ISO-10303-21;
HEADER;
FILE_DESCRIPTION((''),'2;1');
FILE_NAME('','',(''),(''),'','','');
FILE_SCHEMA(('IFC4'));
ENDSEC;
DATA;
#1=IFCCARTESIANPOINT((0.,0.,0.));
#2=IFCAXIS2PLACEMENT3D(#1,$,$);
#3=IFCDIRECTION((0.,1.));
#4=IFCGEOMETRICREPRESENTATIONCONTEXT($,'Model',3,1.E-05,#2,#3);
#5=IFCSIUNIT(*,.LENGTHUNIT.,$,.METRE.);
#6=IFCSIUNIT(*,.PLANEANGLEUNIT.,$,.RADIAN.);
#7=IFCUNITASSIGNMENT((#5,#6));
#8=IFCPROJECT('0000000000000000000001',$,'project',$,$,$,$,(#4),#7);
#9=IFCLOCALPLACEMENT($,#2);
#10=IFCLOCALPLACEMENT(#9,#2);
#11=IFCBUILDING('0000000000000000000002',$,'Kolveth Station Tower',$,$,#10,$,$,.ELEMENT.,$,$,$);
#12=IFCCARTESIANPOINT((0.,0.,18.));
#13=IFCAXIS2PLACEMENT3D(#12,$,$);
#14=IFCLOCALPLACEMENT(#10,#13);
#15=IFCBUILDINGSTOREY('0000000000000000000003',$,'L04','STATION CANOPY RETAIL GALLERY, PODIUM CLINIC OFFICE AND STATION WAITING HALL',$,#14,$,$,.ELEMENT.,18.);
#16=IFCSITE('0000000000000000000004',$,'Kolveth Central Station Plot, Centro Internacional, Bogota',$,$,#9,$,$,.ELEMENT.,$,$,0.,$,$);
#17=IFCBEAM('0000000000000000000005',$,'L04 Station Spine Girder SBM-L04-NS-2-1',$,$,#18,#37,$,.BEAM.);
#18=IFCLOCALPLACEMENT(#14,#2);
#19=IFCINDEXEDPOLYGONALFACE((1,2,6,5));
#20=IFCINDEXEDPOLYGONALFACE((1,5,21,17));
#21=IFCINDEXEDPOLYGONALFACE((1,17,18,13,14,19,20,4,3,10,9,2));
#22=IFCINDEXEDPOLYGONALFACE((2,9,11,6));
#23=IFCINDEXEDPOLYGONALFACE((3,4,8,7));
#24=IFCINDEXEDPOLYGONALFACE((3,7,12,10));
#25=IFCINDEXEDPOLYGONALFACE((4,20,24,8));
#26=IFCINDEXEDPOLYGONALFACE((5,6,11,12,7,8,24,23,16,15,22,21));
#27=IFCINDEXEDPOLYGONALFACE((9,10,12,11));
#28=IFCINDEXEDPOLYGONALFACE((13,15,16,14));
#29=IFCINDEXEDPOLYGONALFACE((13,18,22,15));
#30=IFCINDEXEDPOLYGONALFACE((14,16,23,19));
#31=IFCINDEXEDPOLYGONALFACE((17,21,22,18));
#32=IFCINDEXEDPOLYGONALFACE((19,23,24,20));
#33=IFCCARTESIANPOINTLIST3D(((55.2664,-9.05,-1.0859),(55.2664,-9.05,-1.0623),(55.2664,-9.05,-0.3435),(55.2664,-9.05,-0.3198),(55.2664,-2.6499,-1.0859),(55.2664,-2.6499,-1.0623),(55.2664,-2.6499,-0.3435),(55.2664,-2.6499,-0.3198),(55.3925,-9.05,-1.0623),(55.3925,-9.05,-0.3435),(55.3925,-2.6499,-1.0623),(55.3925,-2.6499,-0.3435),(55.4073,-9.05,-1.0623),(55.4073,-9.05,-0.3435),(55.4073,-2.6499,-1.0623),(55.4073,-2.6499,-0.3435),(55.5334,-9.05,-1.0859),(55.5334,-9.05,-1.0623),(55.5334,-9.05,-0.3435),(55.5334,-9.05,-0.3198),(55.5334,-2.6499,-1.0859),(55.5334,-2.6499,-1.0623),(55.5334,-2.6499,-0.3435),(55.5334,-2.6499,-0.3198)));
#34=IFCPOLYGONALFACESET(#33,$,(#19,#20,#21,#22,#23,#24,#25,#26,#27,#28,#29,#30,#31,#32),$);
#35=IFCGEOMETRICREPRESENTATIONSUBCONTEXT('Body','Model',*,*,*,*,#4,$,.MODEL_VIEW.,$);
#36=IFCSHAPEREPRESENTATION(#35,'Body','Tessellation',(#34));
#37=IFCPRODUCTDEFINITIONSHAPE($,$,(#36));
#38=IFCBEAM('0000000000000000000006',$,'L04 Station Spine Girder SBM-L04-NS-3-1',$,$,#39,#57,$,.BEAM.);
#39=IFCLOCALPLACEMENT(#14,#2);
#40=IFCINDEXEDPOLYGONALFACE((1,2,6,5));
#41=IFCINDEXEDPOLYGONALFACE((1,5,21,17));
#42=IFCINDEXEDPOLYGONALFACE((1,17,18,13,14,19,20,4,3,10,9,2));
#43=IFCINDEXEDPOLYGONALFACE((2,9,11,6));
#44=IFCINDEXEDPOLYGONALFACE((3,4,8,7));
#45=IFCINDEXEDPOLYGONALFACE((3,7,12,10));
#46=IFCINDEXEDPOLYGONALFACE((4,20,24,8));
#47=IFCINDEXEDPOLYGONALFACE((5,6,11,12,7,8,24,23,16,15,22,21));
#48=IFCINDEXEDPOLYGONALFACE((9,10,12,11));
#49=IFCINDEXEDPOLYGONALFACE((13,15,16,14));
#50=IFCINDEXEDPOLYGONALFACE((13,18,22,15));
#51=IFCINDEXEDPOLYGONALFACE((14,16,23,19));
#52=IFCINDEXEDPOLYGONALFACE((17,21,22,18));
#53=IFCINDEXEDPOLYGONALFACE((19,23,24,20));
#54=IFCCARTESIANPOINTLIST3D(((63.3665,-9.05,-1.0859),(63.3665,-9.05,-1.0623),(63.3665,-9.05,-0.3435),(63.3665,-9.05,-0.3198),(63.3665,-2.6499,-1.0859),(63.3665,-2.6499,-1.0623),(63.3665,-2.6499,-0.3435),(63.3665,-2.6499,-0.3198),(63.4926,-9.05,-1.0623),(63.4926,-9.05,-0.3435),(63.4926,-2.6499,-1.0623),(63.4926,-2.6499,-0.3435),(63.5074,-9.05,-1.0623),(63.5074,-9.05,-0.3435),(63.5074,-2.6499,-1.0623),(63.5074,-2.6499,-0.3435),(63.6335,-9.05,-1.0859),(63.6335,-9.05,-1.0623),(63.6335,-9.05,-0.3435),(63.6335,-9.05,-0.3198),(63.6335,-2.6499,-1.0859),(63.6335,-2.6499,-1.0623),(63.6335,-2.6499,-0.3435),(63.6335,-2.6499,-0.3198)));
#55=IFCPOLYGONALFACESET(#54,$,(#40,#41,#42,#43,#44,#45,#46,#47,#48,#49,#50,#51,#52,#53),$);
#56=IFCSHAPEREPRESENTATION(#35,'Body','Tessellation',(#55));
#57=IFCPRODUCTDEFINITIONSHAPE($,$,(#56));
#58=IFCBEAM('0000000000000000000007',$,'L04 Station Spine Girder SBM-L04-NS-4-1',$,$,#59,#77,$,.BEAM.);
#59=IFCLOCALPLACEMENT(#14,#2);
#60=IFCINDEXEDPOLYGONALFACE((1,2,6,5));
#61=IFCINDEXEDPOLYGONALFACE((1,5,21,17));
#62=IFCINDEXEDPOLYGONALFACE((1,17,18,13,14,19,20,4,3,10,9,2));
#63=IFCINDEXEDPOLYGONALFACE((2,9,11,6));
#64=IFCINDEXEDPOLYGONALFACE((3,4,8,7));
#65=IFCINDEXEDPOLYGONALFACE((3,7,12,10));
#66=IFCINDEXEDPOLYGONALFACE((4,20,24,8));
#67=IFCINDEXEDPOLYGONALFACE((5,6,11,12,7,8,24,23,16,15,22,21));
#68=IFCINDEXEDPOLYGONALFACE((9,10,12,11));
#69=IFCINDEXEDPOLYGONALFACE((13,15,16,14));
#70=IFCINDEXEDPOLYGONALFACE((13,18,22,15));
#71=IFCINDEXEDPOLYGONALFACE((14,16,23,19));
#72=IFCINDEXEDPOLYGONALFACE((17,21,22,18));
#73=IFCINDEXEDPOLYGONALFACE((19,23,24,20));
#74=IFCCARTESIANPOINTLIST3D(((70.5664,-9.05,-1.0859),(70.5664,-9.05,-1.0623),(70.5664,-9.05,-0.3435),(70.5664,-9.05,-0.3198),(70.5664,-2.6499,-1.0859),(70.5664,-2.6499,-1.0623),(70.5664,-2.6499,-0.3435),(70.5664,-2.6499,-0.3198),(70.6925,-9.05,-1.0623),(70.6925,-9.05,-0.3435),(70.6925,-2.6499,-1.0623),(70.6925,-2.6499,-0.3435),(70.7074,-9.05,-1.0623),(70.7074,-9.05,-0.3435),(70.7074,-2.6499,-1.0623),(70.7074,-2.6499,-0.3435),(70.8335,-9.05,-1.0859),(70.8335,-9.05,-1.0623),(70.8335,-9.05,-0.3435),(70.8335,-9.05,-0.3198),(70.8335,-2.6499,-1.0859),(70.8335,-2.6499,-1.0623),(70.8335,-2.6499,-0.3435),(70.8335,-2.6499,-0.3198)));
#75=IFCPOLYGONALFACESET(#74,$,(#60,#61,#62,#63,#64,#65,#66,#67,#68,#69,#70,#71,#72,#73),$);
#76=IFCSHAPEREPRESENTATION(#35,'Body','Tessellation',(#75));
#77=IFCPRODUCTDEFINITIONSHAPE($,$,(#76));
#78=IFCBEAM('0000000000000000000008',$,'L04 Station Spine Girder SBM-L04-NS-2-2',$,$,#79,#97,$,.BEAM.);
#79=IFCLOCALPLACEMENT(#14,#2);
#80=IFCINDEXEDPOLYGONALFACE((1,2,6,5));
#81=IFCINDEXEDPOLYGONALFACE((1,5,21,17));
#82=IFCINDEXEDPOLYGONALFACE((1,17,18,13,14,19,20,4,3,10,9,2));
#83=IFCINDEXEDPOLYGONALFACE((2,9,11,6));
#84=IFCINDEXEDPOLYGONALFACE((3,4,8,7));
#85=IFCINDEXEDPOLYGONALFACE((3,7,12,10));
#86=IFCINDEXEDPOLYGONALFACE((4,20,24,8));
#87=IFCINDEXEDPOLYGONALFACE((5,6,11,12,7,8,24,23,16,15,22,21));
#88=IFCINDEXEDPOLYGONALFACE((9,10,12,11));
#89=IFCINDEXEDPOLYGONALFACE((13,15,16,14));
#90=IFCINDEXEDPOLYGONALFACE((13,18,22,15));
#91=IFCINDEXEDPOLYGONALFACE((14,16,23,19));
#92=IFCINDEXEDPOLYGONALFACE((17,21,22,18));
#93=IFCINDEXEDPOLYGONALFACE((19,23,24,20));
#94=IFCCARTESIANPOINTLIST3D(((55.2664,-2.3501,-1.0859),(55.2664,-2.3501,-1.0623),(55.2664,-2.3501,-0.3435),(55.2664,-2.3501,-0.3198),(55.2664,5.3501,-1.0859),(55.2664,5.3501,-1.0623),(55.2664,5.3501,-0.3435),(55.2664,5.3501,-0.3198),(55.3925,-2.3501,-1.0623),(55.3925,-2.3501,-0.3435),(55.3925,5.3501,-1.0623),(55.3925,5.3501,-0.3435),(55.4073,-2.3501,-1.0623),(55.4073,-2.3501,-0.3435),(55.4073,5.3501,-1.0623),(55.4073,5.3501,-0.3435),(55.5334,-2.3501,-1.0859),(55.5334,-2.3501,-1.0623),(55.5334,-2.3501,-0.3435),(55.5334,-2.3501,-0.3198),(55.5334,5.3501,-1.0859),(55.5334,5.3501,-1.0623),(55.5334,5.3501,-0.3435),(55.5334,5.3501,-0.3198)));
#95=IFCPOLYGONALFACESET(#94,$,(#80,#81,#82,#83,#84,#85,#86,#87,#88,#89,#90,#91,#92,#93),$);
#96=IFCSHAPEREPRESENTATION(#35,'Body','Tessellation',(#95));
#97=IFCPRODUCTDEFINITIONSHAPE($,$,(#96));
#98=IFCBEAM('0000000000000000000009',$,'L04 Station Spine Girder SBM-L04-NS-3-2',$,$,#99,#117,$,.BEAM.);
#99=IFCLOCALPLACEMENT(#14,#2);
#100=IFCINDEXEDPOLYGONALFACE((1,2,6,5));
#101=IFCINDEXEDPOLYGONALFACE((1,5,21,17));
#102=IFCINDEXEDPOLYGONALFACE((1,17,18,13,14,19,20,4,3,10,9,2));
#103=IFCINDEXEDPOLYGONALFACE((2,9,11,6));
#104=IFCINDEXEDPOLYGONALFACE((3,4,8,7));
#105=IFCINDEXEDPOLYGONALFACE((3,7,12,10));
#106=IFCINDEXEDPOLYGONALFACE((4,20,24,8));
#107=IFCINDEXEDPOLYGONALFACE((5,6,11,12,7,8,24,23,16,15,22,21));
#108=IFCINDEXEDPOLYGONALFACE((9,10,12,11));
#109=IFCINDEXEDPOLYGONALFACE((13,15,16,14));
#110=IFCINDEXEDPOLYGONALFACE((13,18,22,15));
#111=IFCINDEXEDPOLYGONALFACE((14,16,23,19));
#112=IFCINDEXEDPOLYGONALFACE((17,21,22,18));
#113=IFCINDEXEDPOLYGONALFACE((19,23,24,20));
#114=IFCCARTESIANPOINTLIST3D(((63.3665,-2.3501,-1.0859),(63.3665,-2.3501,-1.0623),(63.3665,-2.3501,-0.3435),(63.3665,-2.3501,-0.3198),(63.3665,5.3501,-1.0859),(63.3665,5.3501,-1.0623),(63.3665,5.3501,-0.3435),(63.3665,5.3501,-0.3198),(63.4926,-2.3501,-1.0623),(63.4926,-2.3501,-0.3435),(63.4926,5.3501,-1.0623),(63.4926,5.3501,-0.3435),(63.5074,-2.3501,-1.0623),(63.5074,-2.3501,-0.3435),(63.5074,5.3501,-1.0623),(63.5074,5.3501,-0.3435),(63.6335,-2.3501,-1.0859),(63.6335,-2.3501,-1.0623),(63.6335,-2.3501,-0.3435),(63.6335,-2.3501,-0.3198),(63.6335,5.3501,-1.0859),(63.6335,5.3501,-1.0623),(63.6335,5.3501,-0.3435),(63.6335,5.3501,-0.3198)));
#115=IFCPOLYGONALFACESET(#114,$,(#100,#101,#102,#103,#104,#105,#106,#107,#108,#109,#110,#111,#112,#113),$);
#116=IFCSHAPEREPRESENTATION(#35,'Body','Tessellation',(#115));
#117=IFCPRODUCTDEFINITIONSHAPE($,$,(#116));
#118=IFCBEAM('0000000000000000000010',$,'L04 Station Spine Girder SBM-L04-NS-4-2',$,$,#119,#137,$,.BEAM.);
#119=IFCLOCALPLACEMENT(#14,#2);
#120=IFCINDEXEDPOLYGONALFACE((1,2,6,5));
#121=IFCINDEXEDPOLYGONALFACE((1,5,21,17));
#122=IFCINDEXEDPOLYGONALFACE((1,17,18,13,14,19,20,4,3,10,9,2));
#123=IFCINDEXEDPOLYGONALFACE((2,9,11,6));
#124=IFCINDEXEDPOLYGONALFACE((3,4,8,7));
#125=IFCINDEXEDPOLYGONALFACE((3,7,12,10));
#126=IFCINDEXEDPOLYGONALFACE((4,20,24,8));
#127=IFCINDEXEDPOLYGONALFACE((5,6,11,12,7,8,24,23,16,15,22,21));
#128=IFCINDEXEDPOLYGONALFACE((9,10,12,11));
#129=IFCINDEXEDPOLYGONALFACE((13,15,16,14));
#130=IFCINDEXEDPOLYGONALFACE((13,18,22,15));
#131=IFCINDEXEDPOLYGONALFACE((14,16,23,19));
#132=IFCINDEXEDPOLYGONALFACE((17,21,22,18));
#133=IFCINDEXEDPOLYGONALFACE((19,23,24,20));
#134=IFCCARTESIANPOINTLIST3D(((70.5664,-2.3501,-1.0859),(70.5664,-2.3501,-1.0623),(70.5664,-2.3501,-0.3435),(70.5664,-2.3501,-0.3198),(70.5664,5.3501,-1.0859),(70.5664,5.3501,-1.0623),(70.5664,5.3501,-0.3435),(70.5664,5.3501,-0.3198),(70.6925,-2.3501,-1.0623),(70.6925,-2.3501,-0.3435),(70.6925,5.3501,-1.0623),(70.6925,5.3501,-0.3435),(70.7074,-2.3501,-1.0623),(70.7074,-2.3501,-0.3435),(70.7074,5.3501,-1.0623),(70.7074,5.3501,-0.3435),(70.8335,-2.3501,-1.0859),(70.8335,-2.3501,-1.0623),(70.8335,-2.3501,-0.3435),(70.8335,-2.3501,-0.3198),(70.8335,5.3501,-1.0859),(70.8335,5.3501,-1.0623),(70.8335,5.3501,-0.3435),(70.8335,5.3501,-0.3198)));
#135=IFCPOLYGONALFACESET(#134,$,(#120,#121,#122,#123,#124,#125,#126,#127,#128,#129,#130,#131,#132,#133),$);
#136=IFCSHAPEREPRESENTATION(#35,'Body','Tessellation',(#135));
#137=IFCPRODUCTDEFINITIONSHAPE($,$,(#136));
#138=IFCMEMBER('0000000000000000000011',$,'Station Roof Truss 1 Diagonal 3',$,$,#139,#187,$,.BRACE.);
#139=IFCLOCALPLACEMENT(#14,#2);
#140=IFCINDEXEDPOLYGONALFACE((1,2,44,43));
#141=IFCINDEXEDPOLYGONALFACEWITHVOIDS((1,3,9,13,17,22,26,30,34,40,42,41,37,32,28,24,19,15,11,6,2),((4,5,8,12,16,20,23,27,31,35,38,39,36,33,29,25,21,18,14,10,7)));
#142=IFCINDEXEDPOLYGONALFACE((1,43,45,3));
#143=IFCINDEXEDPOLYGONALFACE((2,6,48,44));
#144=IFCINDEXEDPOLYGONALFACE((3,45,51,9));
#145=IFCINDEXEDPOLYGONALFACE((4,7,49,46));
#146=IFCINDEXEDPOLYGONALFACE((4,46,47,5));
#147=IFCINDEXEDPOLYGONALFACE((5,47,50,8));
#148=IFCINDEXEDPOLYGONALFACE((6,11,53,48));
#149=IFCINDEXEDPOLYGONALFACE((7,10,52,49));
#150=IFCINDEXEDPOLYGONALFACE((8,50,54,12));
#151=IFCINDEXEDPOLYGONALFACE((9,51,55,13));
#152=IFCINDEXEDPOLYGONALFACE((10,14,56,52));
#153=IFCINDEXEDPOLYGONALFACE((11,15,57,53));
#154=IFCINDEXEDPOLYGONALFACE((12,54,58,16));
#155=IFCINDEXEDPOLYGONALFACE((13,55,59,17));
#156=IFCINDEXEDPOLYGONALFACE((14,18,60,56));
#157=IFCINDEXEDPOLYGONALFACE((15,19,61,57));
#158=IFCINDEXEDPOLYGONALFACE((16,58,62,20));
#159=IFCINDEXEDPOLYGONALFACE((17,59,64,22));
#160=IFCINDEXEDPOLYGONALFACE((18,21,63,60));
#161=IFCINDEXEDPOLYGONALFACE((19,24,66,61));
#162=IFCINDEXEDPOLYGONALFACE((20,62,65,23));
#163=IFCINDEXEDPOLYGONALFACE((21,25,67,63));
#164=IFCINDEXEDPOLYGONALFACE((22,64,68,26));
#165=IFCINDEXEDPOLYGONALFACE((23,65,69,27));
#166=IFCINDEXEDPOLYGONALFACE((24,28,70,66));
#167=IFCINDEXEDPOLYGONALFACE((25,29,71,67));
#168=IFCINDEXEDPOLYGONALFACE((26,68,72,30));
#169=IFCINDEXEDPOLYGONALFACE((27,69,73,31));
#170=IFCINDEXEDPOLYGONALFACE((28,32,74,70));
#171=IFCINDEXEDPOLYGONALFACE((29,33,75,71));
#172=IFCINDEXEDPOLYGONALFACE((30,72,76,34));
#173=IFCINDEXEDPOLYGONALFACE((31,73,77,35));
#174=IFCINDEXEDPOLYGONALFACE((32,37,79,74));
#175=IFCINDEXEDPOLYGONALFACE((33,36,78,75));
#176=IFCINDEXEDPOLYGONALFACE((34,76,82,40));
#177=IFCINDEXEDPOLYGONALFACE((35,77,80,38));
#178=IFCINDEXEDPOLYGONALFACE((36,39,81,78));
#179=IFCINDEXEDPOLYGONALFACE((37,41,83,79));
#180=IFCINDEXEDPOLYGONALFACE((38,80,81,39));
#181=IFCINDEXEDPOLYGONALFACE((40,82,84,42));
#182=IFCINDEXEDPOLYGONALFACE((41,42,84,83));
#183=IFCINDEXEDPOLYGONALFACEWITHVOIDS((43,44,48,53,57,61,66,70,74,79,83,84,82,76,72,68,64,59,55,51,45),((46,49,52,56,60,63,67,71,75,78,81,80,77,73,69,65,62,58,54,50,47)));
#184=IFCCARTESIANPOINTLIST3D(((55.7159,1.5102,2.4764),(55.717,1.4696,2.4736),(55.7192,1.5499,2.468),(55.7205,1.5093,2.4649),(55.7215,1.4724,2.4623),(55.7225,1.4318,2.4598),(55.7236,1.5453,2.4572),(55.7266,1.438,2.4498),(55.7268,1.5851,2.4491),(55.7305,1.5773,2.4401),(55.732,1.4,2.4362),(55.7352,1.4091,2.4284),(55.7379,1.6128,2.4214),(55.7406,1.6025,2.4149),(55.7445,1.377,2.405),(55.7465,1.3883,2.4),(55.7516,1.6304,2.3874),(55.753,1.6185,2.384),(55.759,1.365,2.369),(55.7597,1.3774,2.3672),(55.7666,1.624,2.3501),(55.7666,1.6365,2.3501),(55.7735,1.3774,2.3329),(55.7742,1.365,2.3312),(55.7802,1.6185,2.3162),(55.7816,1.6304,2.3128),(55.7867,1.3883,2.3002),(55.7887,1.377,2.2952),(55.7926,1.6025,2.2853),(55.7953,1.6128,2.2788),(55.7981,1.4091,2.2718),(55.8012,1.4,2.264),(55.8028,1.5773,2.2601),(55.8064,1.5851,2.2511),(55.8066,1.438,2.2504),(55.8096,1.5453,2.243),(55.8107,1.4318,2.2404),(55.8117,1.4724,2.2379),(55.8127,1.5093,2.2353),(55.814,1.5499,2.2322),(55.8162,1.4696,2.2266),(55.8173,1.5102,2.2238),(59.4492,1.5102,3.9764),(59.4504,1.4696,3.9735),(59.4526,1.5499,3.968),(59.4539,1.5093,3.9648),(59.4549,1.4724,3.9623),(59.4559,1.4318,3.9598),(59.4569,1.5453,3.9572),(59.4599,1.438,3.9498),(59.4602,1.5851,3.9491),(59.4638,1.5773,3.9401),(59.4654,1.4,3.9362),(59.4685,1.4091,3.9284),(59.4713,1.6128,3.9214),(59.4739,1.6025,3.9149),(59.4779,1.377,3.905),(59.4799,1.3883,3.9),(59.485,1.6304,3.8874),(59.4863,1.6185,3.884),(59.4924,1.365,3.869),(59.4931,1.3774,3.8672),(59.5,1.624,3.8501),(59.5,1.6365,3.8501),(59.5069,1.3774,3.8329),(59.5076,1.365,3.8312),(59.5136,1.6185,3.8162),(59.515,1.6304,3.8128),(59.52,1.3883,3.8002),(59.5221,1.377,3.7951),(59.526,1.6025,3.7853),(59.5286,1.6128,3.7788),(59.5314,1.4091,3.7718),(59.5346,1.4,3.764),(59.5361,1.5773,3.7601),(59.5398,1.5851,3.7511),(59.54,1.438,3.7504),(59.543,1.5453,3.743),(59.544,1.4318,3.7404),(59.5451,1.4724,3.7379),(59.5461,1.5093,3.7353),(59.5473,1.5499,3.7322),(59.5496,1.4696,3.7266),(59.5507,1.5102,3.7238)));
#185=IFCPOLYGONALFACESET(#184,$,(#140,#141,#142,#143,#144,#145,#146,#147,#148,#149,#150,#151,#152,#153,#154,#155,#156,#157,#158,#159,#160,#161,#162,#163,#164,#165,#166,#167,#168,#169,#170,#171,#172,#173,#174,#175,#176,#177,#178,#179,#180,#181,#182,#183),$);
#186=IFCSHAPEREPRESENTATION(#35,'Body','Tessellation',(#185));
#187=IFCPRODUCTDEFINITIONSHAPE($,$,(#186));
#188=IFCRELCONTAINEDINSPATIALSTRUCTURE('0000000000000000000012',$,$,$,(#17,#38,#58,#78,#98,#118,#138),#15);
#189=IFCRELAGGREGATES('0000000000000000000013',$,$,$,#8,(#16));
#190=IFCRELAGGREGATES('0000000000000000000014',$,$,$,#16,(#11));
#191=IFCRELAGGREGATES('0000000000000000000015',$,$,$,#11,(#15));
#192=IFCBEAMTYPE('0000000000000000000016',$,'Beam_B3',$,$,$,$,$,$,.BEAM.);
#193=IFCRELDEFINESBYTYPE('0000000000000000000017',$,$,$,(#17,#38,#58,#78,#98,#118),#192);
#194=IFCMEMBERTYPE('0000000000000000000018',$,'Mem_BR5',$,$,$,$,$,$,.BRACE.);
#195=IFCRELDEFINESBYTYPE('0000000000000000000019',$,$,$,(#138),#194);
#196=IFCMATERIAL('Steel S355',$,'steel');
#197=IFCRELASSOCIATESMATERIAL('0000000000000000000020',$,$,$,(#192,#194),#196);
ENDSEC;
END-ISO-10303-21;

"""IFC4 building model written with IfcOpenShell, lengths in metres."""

from ifc_helpers import new_model, si_unit, direction, frame, origin, origin_2d, place, context, subcontext, project, spatial, hollow_circle, i_section, extrude, source, transform, mapped, material, material_profile, profile_set, type_object, element, save


model = new_model("IFC4")

# Units and contexts
model_context = context("Model", 3, precision=1e-05, world=origin(), true_north=direction((0.0, 1.0)))
body_context = subcontext(model_context, "Body", "Model", "MODEL_VIEW")
ifc_project = project(units=[si_unit("LENGTHUNIT", "METRE"), si_unit("PLANEANGLEUNIT", "RADIAN")], contexts=[model_context])

# Site, building, storey
site_placement = place(None, origin())
site = spatial("IfcSite", under=ifc_project, at=site_placement, Name="Kolveth Central Station Plot, Centro Internacional, Bogota", CompositionType="ELEMENT", RefElevation=0.0)
building_placement = place(site_placement, origin())
building = spatial("IfcBuilding", under=site, at=building_placement, Name="Kolveth Station Tower", CompositionType="ELEMENT")
storey_placement = place(building_placement, frame((0.0, 0.0, 18.0)))
storey = spatial("IfcBuildingStorey", under=building, at=storey_placement, Name="L04", Description="STATION CANOPY RETAIL GALLERY, PODIUM CLINIC OFFICE AND STATION WAITING HALL", CompositionType="ELEMENT", Elevation=18.0)

# Shared definitions
ifc_material_1 = material(Name="Steel S355", Category="steel")

# Beams
ifc_material_profile_1 = material_profile(ifc_material_1, i_section(OverallWidth=0.2671, OverallDepth=0.7661, WebThickness=0.0149, FlangeThickness=0.0237, at=origin_2d()), Name="W760x185")
ifc_profile_set_1 = profile_set([ifc_material_profile_1], Name="Steel S355")
beam_type_1 = type_object("IfcBeamType", Name="Beam_B3", PredefinedType="BEAM", material=ifc_profile_set_1)
shared_shape_1 = source(origin(), body_context, "Body", "SweptSolid", [
    extrude(i_section(OverallWidth=0.2671, OverallDepth=0.7661, WebThickness=0.0149, FlangeThickness=0.0237, at=origin_2d()), origin(), (0.0, 0.0, 1.0), 6.4001),
])
for number, where, z_axis, x_axis, name in (
    (1, (55.3999, -9.05, -0.7029), (0.0, 1.0, 0.0), (-1.0, 0.0, 0.0), "L04 Station Spine Girder SBM-L04-NS-2-1"),
    (2, (63.5, -9.05, -0.7029), (0.0, 1.0, 0.0), (-1.0, 0.0, 0.0), "L04 Station Spine Girder SBM-L04-NS-3-1"),
    (3, (70.7, -9.05, -0.7029), (0.0, 1.0, 0.0), (-1.0, 0.0, 0.0), "L04 Station Spine Girder SBM-L04-NS-4-1"),
):
    element("IfcBeam", number, at=place(storey_placement, frame(where, z_axis=z_axis, x_axis=x_axis)), inside=storey, type_object=beam_type_1, Name=name, PredefinedType="BEAM", context=body_context, shape_type="MappedRepresentation", body=[
        mapped(shared_shape_1, transform((0.0, 0.0, 0.0), x_axis=(1.0, 0.0, 0.0), y_axis=(0.0, 1.0, 0.0), z_axis=(0.0, 0.0, 1.0), scale=1.0)),
    ])
shared_shape_2 = source(origin(), body_context, "Body", "SweptSolid", [
    extrude(i_section(OverallWidth=0.2671, OverallDepth=0.7661, WebThickness=0.0149, FlangeThickness=0.0237, at=origin_2d()), origin(), (0.0, 0.0, 1.0), 7.7002),
])
for number, where, z_axis, x_axis, name in (
    (4, (55.3999, -2.3501, -0.7029), (0.0, 1.0, 0.0), (-1.0, 0.0, 0.0), "L04 Station Spine Girder SBM-L04-NS-2-2"),
    (5, (63.5, -2.3501, -0.7029), (0.0, 1.0, 0.0), (-1.0, 0.0, 0.0), "L04 Station Spine Girder SBM-L04-NS-3-2"),
    (6, (70.7, -2.3501, -0.7029), (0.0, 1.0, 0.0), (-1.0, 0.0, 0.0), "L04 Station Spine Girder SBM-L04-NS-4-2"),
):
    element("IfcBeam", number, at=place(storey_placement, frame(where, z_axis=z_axis, x_axis=x_axis)), inside=storey, type_object=beam_type_1, Name=name, PredefinedType="BEAM", context=body_context, shape_type="MappedRepresentation", body=[
        mapped(shared_shape_2, transform((0.0, 0.0, 0.0), x_axis=(1.0, 0.0, 0.0), y_axis=(0.0, 1.0, 0.0), z_axis=(0.0, 0.0, 1.0), scale=1.0)),
    ])

# Member
ifc_material_profile_2 = material_profile(ifc_material_1, hollow_circle(Radius=0.1365, WallThickness=0.0125, at=origin_2d()), Name="CHS273x12.5")
ifc_profile_set_2 = profile_set([ifc_material_profile_2], Name="Steel S355")
member_type_1 = type_object("IfcMemberType", Name="Mem_BR5", PredefinedType="BRACE", material=ifc_profile_set_2)
shared_shape_3 = source(origin(), body_context, "Body", "SweptSolid", [
    extrude(hollow_circle(Radius=0.1365, WallThickness=0.0125, at=origin_2d()), origin(), (0.0, 0.0, 1.0), 4.0234),
])
for number, where, z_axis, x_axis, name in (
    (7, (55.7666, 1.5, 2.3501), (0.927906, 0.0, 0.372813), (0.0, 1.0, 0.0), "Station Roof Truss 1 Diagonal 3"),
):
    element("IfcMember", number, at=place(storey_placement, frame(where, z_axis=z_axis, x_axis=x_axis)), inside=storey, type_object=member_type_1, Name=name, PredefinedType="BRACE", context=body_context, shape_type="MappedRepresentation", body=[
        mapped(shared_shape_3, transform((0.0, 0.0, 0.0), x_axis=(1.0, 0.0, 0.0), y_axis=(0.0, 1.0, 0.0), z_axis=(0.0, 0.0, 1.0), scale=1.0)),
    ])

save(model, "model.ifc")
